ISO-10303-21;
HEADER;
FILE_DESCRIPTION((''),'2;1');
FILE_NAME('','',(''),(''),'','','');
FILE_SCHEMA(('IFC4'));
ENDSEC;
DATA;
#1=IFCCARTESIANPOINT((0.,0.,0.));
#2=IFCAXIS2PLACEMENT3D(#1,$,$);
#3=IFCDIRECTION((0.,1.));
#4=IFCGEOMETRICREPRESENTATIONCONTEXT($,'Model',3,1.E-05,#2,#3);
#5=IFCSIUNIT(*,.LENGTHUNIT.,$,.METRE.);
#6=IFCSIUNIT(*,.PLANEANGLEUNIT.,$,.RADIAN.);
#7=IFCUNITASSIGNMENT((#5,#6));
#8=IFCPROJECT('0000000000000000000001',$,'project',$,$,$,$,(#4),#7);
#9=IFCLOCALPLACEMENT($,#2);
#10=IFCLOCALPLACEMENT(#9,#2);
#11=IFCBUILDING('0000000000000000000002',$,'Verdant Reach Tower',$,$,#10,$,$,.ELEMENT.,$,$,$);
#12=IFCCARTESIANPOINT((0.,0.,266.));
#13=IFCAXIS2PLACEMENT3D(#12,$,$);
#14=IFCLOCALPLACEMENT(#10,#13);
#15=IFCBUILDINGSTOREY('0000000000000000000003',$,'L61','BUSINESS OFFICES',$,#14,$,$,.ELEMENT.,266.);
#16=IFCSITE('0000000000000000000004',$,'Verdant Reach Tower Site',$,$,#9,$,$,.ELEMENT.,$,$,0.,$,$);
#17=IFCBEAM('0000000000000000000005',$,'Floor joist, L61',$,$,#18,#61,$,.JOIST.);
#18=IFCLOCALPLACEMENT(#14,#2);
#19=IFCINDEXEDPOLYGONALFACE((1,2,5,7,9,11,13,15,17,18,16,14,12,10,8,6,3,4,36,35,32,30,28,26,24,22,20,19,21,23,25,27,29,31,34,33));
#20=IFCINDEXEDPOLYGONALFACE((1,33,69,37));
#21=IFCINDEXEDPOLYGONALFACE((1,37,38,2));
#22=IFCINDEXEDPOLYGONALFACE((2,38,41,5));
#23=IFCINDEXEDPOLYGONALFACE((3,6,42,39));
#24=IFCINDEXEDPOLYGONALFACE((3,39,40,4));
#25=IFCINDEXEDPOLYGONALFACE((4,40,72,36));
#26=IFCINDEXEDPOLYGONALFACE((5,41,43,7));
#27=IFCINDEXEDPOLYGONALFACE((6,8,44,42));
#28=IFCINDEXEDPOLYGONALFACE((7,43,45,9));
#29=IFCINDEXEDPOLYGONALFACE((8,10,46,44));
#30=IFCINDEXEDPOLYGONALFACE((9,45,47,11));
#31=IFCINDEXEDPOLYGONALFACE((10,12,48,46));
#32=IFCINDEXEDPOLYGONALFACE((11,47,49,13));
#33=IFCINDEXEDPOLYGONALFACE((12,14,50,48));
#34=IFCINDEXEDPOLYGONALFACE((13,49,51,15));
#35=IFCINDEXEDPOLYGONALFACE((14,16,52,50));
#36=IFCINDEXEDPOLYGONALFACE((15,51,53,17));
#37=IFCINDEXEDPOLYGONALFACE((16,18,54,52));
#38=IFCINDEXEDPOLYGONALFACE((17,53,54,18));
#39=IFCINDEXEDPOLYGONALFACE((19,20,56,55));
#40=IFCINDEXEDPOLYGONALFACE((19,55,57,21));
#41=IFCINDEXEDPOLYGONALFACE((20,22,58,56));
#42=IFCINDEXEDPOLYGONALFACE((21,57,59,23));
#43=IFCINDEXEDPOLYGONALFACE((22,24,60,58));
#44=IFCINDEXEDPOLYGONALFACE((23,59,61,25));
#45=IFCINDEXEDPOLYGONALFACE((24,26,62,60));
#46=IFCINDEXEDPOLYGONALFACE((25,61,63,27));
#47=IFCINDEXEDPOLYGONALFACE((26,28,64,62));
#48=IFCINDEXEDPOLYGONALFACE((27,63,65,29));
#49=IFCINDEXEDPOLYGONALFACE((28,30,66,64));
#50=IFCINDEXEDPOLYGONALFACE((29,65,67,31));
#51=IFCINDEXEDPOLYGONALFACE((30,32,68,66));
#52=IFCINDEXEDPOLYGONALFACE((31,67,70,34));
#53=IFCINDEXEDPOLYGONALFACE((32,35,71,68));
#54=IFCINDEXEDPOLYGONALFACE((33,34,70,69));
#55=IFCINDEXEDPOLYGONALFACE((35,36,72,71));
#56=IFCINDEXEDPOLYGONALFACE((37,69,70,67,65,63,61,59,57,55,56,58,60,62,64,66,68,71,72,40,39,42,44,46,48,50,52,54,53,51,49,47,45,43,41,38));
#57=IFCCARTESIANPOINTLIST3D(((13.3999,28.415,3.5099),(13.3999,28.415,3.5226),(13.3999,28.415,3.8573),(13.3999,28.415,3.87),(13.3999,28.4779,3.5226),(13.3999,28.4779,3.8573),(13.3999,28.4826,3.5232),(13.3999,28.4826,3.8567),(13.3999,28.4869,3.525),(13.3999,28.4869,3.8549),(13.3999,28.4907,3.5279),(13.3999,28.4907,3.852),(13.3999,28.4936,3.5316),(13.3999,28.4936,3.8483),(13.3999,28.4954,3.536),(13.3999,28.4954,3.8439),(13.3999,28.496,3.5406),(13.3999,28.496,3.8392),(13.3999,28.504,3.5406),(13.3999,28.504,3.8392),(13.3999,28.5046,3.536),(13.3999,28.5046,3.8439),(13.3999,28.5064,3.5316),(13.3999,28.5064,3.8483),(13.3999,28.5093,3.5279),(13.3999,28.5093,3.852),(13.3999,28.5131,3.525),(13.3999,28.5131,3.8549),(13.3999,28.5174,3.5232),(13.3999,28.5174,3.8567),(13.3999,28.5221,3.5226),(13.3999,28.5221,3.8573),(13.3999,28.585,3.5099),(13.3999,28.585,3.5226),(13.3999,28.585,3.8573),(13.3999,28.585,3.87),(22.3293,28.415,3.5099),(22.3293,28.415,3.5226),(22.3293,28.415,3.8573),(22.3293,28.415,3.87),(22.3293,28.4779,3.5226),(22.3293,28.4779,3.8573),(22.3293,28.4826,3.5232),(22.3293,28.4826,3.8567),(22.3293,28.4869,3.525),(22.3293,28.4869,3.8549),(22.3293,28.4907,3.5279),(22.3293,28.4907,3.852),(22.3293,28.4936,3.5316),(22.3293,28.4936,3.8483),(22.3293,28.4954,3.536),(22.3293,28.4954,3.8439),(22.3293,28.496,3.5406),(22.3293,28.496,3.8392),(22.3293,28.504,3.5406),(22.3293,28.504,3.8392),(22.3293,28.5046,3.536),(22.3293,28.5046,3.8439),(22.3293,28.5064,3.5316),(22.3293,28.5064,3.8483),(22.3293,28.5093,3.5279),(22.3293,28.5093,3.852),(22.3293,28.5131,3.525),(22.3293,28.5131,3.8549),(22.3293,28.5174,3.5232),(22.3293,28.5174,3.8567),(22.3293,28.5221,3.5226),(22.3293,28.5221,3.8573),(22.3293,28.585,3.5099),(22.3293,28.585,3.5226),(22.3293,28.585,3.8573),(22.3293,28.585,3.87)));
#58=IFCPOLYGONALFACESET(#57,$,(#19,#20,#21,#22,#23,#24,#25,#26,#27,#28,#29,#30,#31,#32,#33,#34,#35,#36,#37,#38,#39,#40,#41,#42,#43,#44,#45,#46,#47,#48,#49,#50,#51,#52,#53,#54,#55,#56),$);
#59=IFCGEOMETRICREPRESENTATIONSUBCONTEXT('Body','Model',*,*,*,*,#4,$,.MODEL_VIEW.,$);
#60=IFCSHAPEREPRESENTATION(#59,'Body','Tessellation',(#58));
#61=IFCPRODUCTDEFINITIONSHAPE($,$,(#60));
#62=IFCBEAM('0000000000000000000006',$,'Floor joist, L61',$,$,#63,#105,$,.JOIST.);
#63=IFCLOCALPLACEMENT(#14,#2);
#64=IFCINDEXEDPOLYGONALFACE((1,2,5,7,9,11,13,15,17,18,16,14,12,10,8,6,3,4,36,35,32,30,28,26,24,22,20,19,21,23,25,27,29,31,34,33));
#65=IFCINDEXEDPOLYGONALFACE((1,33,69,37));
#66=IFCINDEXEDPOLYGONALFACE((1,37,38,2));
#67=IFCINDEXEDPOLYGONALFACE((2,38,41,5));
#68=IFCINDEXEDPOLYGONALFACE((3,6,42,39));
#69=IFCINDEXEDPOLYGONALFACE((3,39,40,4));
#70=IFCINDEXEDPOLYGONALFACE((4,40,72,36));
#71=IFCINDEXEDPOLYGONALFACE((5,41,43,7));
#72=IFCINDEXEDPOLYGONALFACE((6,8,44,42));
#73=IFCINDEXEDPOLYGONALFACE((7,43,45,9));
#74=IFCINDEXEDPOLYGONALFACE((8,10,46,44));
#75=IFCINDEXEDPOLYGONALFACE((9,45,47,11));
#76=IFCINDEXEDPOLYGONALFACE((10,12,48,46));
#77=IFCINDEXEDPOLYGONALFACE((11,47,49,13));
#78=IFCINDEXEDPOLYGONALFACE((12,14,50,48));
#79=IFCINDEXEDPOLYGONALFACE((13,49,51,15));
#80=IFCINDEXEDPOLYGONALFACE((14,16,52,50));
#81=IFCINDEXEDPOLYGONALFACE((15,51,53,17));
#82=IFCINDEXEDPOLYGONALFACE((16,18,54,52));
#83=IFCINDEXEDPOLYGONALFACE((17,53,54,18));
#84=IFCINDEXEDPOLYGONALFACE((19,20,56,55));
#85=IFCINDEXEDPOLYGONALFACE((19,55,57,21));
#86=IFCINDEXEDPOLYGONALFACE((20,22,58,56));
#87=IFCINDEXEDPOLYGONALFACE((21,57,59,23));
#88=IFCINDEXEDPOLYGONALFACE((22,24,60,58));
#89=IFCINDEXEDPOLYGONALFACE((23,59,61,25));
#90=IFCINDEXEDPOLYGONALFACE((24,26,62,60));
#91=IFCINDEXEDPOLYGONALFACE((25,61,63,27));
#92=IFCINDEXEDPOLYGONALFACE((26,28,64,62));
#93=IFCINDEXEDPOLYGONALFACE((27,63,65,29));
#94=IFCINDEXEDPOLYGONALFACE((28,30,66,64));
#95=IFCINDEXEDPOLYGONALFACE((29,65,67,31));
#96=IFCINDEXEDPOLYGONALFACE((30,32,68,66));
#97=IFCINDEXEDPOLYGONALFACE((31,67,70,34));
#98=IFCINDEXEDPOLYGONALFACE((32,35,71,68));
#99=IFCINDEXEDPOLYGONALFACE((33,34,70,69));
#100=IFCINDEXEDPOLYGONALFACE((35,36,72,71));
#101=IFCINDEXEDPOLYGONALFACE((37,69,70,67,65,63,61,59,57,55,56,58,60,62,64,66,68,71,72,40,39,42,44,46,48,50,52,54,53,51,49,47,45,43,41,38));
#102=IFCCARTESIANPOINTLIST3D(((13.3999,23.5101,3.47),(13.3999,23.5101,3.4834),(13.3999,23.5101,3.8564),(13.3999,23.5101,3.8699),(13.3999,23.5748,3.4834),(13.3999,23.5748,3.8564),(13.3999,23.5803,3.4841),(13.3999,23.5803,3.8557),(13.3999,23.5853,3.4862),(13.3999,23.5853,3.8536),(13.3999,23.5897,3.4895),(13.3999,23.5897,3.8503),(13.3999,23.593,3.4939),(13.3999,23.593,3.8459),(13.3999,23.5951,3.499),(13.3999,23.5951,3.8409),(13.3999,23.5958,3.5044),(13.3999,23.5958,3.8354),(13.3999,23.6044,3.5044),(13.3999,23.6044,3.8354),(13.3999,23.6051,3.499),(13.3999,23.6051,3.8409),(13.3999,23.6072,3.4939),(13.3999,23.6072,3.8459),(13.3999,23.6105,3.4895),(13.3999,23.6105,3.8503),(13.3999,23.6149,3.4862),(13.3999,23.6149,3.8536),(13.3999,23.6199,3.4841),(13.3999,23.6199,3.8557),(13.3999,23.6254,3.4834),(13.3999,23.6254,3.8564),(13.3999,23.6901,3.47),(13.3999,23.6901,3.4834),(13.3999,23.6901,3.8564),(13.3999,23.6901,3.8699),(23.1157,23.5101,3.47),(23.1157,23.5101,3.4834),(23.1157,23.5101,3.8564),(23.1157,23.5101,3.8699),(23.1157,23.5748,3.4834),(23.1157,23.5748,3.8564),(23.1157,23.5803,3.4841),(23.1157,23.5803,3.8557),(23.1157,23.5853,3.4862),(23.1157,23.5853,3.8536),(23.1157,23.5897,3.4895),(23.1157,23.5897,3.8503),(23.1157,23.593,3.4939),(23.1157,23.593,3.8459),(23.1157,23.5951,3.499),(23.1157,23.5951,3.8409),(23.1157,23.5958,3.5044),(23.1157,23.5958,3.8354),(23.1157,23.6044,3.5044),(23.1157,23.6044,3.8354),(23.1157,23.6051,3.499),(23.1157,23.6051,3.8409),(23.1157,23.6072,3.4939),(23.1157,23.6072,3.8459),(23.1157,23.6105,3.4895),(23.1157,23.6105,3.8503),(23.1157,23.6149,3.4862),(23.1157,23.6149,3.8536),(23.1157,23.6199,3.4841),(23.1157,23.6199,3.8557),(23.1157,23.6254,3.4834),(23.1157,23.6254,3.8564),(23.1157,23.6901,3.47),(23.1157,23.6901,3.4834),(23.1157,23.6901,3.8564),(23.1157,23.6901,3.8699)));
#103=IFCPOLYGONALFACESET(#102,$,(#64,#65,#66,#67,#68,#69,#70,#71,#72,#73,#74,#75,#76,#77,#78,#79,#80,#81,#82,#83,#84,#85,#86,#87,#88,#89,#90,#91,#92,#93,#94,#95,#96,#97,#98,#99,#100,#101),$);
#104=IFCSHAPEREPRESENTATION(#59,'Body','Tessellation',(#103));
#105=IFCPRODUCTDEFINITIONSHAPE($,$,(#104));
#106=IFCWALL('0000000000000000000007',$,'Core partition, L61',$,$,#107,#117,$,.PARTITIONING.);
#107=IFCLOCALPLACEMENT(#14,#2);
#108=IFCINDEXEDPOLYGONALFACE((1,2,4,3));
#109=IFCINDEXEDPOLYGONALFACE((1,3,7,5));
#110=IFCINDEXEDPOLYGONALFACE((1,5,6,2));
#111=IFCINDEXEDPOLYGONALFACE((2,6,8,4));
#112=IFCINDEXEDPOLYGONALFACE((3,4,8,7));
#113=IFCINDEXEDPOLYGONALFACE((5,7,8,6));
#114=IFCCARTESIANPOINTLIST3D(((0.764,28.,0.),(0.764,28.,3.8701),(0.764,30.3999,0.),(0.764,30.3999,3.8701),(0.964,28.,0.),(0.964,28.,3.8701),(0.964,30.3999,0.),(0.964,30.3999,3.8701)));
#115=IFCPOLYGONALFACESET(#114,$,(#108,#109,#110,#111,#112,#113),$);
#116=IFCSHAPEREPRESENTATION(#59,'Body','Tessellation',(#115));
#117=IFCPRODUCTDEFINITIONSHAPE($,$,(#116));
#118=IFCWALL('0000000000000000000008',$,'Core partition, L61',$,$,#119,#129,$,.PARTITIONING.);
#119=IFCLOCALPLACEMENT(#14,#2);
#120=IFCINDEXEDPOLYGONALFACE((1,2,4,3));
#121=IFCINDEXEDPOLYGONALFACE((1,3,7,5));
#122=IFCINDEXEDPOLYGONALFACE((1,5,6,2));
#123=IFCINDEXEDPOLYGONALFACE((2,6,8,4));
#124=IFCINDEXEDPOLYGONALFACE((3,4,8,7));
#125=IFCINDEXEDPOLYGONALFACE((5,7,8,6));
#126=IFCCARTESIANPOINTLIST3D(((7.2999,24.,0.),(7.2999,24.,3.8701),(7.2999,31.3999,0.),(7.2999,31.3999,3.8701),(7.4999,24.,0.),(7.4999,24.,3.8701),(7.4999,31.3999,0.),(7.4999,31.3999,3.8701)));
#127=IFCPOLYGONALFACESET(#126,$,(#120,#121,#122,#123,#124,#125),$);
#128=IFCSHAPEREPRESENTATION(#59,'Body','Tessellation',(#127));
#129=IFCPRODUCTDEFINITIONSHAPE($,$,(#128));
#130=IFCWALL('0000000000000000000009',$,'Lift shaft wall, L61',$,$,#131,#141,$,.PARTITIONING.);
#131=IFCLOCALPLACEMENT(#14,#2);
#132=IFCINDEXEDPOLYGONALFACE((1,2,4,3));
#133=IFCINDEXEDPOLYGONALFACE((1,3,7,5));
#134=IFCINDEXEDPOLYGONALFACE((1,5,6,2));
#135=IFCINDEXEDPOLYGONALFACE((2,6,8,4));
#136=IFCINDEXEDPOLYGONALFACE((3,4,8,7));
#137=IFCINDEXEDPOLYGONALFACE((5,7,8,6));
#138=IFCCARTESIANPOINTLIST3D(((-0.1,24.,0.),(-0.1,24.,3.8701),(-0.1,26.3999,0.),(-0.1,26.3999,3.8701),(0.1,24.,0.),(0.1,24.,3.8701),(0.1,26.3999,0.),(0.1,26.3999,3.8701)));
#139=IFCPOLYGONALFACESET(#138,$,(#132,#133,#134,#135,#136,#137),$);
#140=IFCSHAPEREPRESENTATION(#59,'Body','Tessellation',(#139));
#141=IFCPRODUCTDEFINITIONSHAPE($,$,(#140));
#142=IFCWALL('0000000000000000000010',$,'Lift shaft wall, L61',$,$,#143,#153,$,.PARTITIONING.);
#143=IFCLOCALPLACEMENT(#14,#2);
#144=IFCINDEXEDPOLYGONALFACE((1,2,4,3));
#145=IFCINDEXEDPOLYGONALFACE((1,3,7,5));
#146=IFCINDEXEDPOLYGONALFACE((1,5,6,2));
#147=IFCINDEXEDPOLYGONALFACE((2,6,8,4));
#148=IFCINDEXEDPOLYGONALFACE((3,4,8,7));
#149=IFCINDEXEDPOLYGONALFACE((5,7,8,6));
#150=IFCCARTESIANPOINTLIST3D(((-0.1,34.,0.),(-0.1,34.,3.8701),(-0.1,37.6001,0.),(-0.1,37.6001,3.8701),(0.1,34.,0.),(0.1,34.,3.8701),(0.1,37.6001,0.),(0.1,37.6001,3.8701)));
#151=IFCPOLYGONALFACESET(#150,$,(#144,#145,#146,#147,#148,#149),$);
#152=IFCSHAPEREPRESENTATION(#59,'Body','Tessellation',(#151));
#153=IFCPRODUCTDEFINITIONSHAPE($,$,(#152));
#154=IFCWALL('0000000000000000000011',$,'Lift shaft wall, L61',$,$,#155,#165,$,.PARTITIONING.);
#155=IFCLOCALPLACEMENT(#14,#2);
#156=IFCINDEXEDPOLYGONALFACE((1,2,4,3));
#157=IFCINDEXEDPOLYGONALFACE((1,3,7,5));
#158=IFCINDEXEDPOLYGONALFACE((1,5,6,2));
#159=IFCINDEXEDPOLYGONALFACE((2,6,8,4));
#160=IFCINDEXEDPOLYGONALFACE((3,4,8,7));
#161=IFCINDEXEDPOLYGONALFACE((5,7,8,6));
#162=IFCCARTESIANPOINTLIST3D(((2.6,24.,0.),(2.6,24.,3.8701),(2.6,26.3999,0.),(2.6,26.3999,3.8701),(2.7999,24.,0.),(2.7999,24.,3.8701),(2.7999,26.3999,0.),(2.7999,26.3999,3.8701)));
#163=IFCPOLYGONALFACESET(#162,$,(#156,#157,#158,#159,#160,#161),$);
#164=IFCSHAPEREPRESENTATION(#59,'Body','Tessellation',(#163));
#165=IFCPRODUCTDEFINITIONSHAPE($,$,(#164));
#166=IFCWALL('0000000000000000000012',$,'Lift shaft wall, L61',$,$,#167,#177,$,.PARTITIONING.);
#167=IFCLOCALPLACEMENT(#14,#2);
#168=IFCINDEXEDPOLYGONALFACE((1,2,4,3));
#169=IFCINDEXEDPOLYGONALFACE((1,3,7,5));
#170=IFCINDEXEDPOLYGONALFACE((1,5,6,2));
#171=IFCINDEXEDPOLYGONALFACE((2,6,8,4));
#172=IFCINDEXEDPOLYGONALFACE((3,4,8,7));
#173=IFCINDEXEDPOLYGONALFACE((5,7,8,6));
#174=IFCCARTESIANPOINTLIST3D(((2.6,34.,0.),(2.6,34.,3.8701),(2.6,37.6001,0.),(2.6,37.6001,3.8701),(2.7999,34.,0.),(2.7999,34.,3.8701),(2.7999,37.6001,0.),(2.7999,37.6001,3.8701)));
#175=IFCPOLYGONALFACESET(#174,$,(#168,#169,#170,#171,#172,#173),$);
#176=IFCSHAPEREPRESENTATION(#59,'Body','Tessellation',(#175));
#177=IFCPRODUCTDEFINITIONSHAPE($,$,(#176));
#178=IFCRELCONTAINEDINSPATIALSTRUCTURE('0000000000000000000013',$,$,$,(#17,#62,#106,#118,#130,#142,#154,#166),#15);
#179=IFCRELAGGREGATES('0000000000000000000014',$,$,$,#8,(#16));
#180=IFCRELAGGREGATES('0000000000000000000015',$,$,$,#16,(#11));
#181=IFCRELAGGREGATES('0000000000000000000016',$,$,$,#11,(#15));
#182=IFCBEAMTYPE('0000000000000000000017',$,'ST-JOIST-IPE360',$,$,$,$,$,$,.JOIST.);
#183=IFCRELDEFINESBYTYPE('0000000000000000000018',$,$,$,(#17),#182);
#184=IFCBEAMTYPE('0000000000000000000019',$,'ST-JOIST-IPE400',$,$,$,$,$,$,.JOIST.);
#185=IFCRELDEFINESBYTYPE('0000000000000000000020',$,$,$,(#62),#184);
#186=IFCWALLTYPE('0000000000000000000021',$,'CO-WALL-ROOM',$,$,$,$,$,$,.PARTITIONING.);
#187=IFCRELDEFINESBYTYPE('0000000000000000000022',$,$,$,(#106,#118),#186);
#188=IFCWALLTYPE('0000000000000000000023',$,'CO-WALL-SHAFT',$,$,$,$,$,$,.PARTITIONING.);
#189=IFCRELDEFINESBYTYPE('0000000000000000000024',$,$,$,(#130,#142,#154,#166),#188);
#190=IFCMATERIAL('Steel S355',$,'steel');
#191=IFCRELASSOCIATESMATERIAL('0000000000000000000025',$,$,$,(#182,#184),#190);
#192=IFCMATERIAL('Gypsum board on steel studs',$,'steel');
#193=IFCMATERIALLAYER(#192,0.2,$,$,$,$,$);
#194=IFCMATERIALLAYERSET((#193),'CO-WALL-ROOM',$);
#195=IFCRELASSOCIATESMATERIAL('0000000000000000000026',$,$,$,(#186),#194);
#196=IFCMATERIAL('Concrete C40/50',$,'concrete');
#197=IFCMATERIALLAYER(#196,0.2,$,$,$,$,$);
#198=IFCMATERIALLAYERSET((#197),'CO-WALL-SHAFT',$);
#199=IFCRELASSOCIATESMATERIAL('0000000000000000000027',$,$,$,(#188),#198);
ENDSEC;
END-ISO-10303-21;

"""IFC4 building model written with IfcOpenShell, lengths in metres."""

from ifc_helpers import new_model, si_unit, direction, frame, frame_2d, origin, origin_2d, place, context, subcontext, project, spatial, rectangle, i_section, extrude, material, layer, layer_set, material_profile, profile_set, type_object, element, save


model = new_model("IFC4")

# Units and contexts
model_context = context("Model", 3, precision=1e-05, world=origin(), true_north=direction((0.0, 1.0)))
body_context = subcontext(model_context, "Body", "Model", "MODEL_VIEW")
ifc_project = project(units=[si_unit("LENGTHUNIT", "METRE"), si_unit("PLANEANGLEUNIT", "RADIAN")], contexts=[model_context])

# Site, building, storey
site_placement = place(None, origin())
site = spatial("IfcSite", under=ifc_project, at=site_placement, Name="Verdant Reach Tower Site", CompositionType="ELEMENT", RefElevation=0.0)
building_placement = place(site_placement, origin())
building = spatial("IfcBuilding", under=site, at=building_placement, Name="Verdant Reach Tower", CompositionType="ELEMENT")
storey_placement = place(building_placement, frame((0.0, 0.0, 266.0)))
storey = spatial("IfcBuildingStorey", under=building, at=storey_placement, Name="L61", Description="BUSINESS OFFICES", CompositionType="ELEMENT", Elevation=266.0)

# Beams
ifc_material_1 = material(Name="Steel S355", Category="steel")
ifc_material_profile_1 = material_profile(ifc_material_1, i_section(OverallWidth=0.1699, OverallDepth=0.3601, WebThickness=0.0081, FlangeThickness=0.0127, FilletRadius=0.0181, at=origin_2d()), Name="IPE 360")
ifc_profile_set_1 = profile_set([ifc_material_profile_1], Name="Steel S355")
beam_type_1 = type_object("IfcBeamType", Name="ST-JOIST-IPE360", PredefinedType="JOIST", material=ifc_profile_set_1)
beam_1_placement = place(storey_placement, frame((13.3999, 28.5, 3.6899), z_axis=(1.0, 0.0, 0.0), x_axis=(0.0, 1.0, 0.0)))
element("IfcBeam", 1, at=beam_1_placement, inside=storey, type_object=beam_type_1, Name="Floor joist, L61", PredefinedType="JOIST", context=body_context, shape_type="SweptSolid", body=[
    extrude(i_section(OverallWidth=0.1699, OverallDepth=0.3601, WebThickness=0.0081, FlangeThickness=0.0127, FilletRadius=0.0181, at=origin_2d()), origin(), (0.0, 0.0, 1.0), 8.9294),
])
ifc_material_profile_2 = material_profile(ifc_material_1, i_section(OverallWidth=0.1799, OverallDepth=0.3999, WebThickness=0.0085, FlangeThickness=0.0134, FilletRadius=0.021, at=origin_2d()), Name="IPE 400")
ifc_profile_set_2 = profile_set([ifc_material_profile_2], Name="Steel S355")
beam_type_2 = type_object("IfcBeamType", Name="ST-JOIST-IPE400", PredefinedType="JOIST", material=ifc_profile_set_2)
beam_2_placement = place(storey_placement, frame((13.3999, 23.6001, 3.6699), z_axis=(1.0, 0.0, 0.0), x_axis=(0.0, 1.0, 0.0)))
element("IfcBeam", 2, at=beam_2_placement, inside=storey, type_object=beam_type_2, Name="Floor joist, L61", PredefinedType="JOIST", context=body_context, shape_type="SweptSolid", body=[
    extrude(i_section(OverallWidth=0.1799, OverallDepth=0.3999, WebThickness=0.0085, FlangeThickness=0.0134, FilletRadius=0.021, at=origin_2d()), origin(), (0.0, 0.0, 1.0), 9.7158),
])

# Walls
ifc_material_2 = material(Name="Gypsum board on steel studs", Category="steel")
ifc_layer_1 = layer(ifc_material_2, 0.2)
ifc_layer_set_1 = layer_set([ifc_layer_1], Name="CO-WALL-ROOM")
wall_type_1 = type_object("IfcWallType", Name="CO-WALL-ROOM", PredefinedType="PARTITIONING", material=ifc_layer_set_1)
wall_1_placement = place(storey_placement, frame((0.864, 28.0, 0.0), z_axis=(0.0, 0.0, 1.0), x_axis=(0.0, 1.0, 0.0)))
element("IfcWall", 3, at=wall_1_placement, inside=storey, type_object=wall_type_1, Name="Core partition, L61", PredefinedType="PARTITIONING", context=body_context, shape_type="SweptSolid", body=[
    extrude(rectangle(XDim=2.3999, YDim=0.2, at=frame_2d((1.2, 0.0))), origin(), (0.0, 0.0, 1.0), 3.8701),
])
wall_2_placement = place(storey_placement, frame((7.3999, 24.0, 0.0), z_axis=(0.0, 0.0, 1.0), x_axis=(0.0, 1.0, 0.0)))
element("IfcWall", 4, at=wall_2_placement, inside=storey, type_object=wall_type_1, Name="Core partition, L61", PredefinedType="PARTITIONING", context=body_context, shape_type="SweptSolid", body=[
    extrude(rectangle(XDim=7.3999, YDim=0.2, at=frame_2d((3.7, 0.0))), origin(), (0.0, 0.0, 1.0), 3.8701),
])
ifc_material_3 = material(Name="Concrete C40/50", Category="concrete")
ifc_layer_2 = layer(ifc_material_3, 0.2)
ifc_layer_set_2 = layer_set([ifc_layer_2], Name="CO-WALL-SHAFT")
wall_type_2 = type_object("IfcWallType", Name="CO-WALL-SHAFT", PredefinedType="PARTITIONING", material=ifc_layer_set_2)
wall_3_placement = place(storey_placement, frame((0.0, 24.0, 0.0), z_axis=(0.0, 0.0, 1.0), x_axis=(0.0, 1.0, 0.0)))
element("IfcWall", 5, at=wall_3_placement, inside=storey, type_object=wall_type_2, Name="Lift shaft wall, L61", PredefinedType="PARTITIONING", context=body_context, shape_type="SweptSolid", body=[
    extrude(rectangle(XDim=2.3999, YDim=0.2, at=frame_2d((1.2, 0.0))), origin(), (0.0, 0.0, 1.0), 3.8701),
])
wall_4_placement = place(storey_placement, frame((0.0, 34.0, 0.0), z_axis=(0.0, 0.0, 1.0), x_axis=(0.0, 1.0, 0.0)))
element("IfcWall", 6, at=wall_4_placement, inside=storey, type_object=wall_type_2, Name="Lift shaft wall, L61", PredefinedType="PARTITIONING", context=body_context, shape_type="SweptSolid", body=[
    extrude(rectangle(XDim=3.6001, YDim=0.2, at=frame_2d((1.8, 0.0))), origin(), (0.0, 0.0, 1.0), 3.8701),
])
wall_5_placement = place(storey_placement, frame((2.7, 24.0, 0.0), z_axis=(0.0, 0.0, 1.0), x_axis=(0.0, 1.0, 0.0)))
element("IfcWall", 7, at=wall_5_placement, inside=storey, type_object=wall_type_2, Name="Lift shaft wall, L61", PredefinedType="PARTITIONING", context=body_context, shape_type="SweptSolid", body=[
    extrude(rectangle(XDim=2.3999, YDim=0.2, at=frame_2d((1.2, 0.0))), origin(), (0.0, 0.0, 1.0), 3.8701),
])
wall_6_placement = place(storey_placement, frame((2.7, 34.0, 0.0), z_axis=(0.0, 0.0, 1.0), x_axis=(0.0, 1.0, 0.0)))
element("IfcWall", 8, at=wall_6_placement, inside=storey, type_object=wall_type_2, Name="Lift shaft wall, L61", PredefinedType="PARTITIONING", context=body_context, shape_type="SweptSolid", body=[
    extrude(rectangle(XDim=3.6001, YDim=0.2, at=frame_2d((1.8, 0.0))), origin(), (0.0, 0.0, 1.0), 3.8701),
])

save(model, "model.ifc")
